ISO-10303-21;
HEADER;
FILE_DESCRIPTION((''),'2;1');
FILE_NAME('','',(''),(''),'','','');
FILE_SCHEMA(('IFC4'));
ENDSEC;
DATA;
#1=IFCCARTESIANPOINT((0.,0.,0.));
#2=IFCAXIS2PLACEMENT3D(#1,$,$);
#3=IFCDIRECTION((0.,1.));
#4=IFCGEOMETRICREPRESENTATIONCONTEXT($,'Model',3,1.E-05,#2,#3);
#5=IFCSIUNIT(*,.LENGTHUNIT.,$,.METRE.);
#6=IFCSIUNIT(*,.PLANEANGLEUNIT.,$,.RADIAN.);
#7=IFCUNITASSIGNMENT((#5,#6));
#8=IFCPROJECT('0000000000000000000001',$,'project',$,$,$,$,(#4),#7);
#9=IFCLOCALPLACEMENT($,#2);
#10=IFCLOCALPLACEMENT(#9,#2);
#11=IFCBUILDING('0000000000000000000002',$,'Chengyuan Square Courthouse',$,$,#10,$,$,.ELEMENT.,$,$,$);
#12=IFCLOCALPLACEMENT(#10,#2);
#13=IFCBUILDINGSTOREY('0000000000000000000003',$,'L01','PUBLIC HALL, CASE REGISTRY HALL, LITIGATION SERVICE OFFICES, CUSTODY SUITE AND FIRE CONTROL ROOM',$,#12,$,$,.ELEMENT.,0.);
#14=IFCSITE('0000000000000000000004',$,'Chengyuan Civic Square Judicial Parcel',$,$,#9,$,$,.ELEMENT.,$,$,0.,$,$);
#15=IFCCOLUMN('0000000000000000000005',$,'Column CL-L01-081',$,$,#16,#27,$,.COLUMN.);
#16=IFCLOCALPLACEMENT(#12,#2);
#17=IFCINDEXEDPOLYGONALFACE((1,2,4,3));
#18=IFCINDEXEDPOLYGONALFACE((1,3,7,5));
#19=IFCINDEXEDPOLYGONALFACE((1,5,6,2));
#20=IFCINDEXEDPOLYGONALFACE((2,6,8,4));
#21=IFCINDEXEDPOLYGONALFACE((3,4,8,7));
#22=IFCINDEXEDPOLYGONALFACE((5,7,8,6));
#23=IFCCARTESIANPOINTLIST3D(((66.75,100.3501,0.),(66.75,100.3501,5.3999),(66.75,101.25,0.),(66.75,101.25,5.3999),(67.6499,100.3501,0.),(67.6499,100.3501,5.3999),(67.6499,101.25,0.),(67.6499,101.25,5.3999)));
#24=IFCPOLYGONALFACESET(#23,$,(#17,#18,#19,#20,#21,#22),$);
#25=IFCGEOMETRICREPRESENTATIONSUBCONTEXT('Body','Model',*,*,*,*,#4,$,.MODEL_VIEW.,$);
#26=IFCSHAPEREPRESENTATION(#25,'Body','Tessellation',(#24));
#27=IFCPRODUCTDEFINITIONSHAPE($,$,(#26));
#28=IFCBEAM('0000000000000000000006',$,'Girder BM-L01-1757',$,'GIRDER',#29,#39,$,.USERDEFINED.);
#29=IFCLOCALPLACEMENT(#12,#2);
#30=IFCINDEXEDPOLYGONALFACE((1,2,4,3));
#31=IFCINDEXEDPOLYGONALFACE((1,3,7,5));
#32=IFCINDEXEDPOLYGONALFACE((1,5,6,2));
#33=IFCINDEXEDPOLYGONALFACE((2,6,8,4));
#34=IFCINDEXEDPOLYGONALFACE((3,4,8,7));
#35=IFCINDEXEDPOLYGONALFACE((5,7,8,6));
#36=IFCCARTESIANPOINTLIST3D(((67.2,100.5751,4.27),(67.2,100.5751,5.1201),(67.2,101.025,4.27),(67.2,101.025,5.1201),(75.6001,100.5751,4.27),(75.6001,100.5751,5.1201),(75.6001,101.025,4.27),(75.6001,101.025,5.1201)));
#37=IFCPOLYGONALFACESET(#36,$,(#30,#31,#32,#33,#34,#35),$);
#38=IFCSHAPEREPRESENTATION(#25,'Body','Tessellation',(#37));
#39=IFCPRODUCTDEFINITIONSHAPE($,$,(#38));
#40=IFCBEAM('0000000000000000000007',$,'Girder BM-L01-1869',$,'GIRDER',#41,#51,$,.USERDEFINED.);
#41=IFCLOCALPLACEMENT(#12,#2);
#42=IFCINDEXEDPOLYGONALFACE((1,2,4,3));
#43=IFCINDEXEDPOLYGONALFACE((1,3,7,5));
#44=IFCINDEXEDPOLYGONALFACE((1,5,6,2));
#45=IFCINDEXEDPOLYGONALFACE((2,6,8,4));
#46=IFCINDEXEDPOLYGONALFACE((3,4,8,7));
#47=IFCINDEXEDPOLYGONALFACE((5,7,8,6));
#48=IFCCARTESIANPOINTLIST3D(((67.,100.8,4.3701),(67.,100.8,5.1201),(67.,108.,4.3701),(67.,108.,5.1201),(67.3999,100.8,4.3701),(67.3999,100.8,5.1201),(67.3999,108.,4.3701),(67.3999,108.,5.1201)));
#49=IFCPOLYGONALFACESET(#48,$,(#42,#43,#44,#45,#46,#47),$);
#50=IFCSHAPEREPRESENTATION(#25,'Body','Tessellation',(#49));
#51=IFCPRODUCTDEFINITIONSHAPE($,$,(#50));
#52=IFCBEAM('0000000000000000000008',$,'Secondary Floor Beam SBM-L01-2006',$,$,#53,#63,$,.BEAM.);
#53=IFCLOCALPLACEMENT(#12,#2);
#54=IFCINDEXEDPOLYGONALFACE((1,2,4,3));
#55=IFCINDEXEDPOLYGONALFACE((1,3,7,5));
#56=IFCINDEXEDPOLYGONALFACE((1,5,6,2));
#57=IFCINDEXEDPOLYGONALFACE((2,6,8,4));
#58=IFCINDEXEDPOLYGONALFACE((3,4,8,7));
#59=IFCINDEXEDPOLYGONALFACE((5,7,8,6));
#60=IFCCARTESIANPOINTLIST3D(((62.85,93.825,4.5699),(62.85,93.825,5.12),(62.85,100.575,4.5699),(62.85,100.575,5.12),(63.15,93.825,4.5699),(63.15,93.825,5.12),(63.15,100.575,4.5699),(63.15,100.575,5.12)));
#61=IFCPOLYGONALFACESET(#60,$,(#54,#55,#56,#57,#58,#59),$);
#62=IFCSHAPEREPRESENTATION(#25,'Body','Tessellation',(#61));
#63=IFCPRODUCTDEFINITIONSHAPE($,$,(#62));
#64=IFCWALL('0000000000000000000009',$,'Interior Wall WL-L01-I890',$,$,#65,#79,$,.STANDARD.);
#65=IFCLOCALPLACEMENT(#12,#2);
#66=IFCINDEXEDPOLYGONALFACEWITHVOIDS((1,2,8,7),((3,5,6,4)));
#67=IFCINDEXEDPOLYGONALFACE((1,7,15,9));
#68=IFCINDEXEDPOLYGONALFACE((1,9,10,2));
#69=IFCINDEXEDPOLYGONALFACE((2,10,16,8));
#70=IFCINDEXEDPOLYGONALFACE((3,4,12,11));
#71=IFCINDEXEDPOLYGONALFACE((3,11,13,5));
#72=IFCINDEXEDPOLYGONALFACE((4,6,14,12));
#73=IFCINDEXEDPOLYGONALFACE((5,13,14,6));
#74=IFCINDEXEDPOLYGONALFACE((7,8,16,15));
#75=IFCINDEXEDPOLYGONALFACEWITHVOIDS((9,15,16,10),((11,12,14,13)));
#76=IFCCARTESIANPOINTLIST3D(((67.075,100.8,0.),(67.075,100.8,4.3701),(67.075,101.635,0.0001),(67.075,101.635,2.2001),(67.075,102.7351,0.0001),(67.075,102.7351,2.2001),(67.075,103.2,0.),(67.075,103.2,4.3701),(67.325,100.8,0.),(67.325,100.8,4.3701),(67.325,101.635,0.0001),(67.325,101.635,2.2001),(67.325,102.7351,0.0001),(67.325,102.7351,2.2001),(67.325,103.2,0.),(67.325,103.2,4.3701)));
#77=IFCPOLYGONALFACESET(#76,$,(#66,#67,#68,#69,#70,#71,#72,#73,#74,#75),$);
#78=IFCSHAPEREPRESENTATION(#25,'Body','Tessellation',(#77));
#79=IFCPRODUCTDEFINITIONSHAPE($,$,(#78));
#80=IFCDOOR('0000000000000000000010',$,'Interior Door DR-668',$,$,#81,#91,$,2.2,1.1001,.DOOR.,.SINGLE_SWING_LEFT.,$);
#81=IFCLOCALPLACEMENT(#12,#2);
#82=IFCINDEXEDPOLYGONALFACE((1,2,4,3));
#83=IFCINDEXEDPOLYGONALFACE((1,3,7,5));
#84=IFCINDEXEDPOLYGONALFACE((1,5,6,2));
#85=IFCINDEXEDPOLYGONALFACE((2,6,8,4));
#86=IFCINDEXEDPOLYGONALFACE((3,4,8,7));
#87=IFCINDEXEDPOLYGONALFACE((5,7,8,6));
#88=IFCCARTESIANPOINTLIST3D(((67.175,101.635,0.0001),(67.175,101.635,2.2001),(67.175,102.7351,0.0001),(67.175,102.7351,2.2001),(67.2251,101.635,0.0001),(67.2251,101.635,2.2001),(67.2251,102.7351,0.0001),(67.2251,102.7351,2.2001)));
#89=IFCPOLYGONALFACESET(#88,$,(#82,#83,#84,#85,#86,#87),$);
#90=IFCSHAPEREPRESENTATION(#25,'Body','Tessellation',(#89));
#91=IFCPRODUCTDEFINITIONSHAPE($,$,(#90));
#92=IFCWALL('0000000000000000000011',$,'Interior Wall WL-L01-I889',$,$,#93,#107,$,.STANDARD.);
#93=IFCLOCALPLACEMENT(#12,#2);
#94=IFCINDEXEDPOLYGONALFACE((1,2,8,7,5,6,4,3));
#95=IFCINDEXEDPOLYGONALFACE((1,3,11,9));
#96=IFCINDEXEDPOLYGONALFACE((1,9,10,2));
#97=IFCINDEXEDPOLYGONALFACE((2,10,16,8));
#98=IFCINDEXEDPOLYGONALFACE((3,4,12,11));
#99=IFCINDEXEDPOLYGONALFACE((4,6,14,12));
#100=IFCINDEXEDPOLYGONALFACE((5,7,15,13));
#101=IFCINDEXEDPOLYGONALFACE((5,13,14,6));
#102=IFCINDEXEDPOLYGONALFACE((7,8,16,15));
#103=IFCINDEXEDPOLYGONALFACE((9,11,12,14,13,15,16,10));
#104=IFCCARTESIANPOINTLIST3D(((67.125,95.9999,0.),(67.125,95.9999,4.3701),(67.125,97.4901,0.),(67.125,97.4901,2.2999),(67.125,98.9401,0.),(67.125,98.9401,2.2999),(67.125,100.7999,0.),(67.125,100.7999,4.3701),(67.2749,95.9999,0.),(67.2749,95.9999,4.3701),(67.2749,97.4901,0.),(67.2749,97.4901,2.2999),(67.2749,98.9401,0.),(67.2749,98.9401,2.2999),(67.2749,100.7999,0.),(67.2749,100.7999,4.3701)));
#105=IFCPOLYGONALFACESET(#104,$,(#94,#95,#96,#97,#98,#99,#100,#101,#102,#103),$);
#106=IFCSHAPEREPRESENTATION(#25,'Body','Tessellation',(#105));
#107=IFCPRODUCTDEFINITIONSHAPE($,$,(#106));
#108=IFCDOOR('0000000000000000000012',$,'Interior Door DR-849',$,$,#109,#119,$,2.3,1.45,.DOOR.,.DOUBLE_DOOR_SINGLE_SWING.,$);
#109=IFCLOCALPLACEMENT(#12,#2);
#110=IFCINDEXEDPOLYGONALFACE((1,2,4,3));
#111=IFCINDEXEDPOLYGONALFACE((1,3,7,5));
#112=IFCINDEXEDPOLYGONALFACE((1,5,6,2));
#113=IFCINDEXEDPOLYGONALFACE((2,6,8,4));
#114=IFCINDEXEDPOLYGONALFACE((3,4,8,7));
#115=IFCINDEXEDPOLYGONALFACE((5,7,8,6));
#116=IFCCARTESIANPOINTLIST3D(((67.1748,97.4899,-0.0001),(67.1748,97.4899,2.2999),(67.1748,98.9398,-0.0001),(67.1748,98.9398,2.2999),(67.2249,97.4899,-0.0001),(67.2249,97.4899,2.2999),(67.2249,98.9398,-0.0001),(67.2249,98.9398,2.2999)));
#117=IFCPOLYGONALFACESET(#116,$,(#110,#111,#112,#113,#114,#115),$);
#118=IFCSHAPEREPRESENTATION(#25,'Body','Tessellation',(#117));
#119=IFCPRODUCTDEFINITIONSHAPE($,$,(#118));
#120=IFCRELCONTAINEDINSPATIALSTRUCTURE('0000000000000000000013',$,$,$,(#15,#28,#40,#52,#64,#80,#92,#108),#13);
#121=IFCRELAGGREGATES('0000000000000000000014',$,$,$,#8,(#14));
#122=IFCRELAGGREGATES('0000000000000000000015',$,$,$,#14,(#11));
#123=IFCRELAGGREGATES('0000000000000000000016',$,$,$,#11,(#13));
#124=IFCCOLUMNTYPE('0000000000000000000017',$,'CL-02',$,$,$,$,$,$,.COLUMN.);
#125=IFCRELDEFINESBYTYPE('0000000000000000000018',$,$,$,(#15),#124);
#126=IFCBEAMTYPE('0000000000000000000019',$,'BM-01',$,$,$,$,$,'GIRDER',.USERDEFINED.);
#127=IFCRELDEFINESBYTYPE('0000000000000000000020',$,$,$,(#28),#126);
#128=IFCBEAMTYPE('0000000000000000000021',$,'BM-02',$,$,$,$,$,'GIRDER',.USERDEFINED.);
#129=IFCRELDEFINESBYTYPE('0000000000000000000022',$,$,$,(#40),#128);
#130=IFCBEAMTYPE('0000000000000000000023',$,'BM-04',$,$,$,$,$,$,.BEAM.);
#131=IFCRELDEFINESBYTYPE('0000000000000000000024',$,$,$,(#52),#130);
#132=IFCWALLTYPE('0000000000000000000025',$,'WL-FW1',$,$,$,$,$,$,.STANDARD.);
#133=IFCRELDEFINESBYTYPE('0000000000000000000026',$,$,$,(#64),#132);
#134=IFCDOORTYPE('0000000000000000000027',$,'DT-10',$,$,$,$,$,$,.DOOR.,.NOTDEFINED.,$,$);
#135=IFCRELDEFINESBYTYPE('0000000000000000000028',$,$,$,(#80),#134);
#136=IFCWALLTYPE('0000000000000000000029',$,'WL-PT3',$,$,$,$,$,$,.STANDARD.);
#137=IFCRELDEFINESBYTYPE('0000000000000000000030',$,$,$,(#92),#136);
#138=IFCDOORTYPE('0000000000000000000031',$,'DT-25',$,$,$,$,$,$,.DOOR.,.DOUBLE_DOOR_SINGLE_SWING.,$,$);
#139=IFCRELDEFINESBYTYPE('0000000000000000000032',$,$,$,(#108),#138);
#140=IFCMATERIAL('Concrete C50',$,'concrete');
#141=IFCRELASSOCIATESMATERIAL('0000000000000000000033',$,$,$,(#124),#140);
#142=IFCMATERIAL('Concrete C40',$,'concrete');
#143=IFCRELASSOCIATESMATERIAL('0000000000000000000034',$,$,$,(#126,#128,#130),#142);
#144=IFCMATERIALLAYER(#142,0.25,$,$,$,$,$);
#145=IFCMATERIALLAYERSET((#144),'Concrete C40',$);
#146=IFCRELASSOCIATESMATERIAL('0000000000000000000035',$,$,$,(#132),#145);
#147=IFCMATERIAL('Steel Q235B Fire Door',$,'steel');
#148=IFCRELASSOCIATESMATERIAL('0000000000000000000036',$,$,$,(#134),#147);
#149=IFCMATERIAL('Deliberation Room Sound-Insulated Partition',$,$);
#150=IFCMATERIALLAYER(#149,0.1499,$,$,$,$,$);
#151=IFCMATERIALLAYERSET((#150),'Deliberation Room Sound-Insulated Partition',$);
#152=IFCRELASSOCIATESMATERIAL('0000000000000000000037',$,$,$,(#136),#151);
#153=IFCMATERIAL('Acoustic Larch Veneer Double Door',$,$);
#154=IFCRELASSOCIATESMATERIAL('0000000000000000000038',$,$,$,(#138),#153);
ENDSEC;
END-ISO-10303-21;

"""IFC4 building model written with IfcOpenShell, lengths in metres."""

from ifc_helpers import new_model, si_unit, direction, frame, frame_2d, origin, origin_2d, place, context, subcontext, project, spatial, rectangle, extrude, material, layer, layer_set, material_profile, profile_set, type_object, element, fill, save


model = new_model("IFC4")

# Units and contexts
model_context = context("Model", 3, precision=1e-05, world=origin(), true_north=direction((0.0, 1.0)))
body_context = subcontext(model_context, "Body", "Model", "MODEL_VIEW")
ifc_project = project(units=[si_unit("LENGTHUNIT", "METRE"), si_unit("PLANEANGLEUNIT", "RADIAN")], contexts=[model_context])

# Site, building, storey
site_placement = place(None, origin())
site = spatial("IfcSite", under=ifc_project, at=site_placement, Name="Chengyuan Civic Square Judicial Parcel", CompositionType="ELEMENT", RefElevation=0.0)
building_placement = place(site_placement, origin())
building = spatial("IfcBuilding", under=site, at=building_placement, Name="Chengyuan Square Courthouse", CompositionType="ELEMENT")
storey_placement = place(building_placement, origin())
storey = spatial("IfcBuildingStorey", under=building, at=storey_placement, Name="L01", Description="PUBLIC HALL, CASE REGISTRY HALL, LITIGATION SERVICE OFFICES, CUSTODY SUITE AND FIRE CONTROL ROOM", CompositionType="ELEMENT", Elevation=0.0)

# Column
ifc_material_1 = material(Name="Concrete C50", Category="concrete")
ifc_material_profile_1 = material_profile(ifc_material_1, rectangle(XDim=0.8999, YDim=0.8999, at=origin_2d()), Name="RC-COL-900x900")
ifc_profile_set_1 = profile_set([ifc_material_profile_1], Name="Concrete C50")
column_type = type_object("IfcColumnType", Name="CL-02", PredefinedType="COLUMN", material=ifc_profile_set_1)
column_placement = place(storey_placement, frame((67.2, 100.8, 0.0), z_axis=(0.0, 0.0, 1.0), x_axis=(1.0, 0.0, 0.0)))
element("IfcColumn", 1, at=column_placement, inside=storey, type_object=column_type, Name="Column CL-L01-081", PredefinedType="COLUMN", context=body_context, shape_type="SweptSolid", body=[
    extrude(rectangle(XDim=0.8999, YDim=0.8999, at=origin_2d()), origin(), (0.0, 0.0, 1.0), 5.3999),
])

# Beams
ifc_material_2 = material(Name="Concrete C40", Category="concrete")
ifc_material_profile_2 = material_profile(ifc_material_2, rectangle(XDim=0.45, YDim=0.8501, at=origin_2d()), Name="RC-BM-450x850")
ifc_profile_set_2 = profile_set([ifc_material_profile_2], Name="Concrete C40")
beam_type_1 = type_object("IfcBeamType", Name="BM-01", ElementType="GIRDER", PredefinedType="USERDEFINED", material=ifc_profile_set_2)
beam_1_placement = place(storey_placement, frame((67.2, 100.8, 4.6951), z_axis=(1.0, 0.0, 0.0), x_axis=(0.0, 1.0, 0.0)))
element("IfcBeam", 2, at=beam_1_placement, inside=storey, type_object=beam_type_1, Name="Girder BM-L01-1757", ObjectType="GIRDER", PredefinedType="USERDEFINED", context=body_context, shape_type="SweptSolid", body=[
    extrude(rectangle(XDim=0.45, YDim=0.8501, at=origin_2d()), origin(), (0.0, 0.0, 1.0), 8.4001),
])
ifc_material_profile_3 = material_profile(ifc_material_2, rectangle(XDim=0.3999, YDim=0.75, at=origin_2d()), Name="RC-BM-400x750")
ifc_profile_set_3 = profile_set([ifc_material_profile_3], Name="Concrete C40")
beam_type_2 = type_object("IfcBeamType", Name="BM-02", ElementType="GIRDER", PredefinedType="USERDEFINED", material=ifc_profile_set_3)
beam_2_placement = place(storey_placement, frame((67.2, 100.8, 4.7451), z_axis=(0.0, 1.0, 0.0), x_axis=(-1.0, 0.0, 0.0)))
element("IfcBeam", 3, at=beam_2_placement, inside=storey, type_object=beam_type_2, Name="Girder BM-L01-1869", ObjectType="GIRDER", PredefinedType="USERDEFINED", context=body_context, shape_type="SweptSolid", body=[
    extrude(rectangle(XDim=0.3999, YDim=0.75, at=origin_2d()), origin(), (0.0, 0.0, 1.0), 7.2),
])
ifc_material_profile_4 = material_profile(ifc_material_2, rectangle(XDim=0.3, YDim=0.55, at=origin_2d()), Name="RC-BM-300x550")
ifc_profile_set_4 = profile_set([ifc_material_profile_4], Name="Concrete C40")
beam_type_3 = type_object("IfcBeamType", Name="BM-04", PredefinedType="BEAM", material=ifc_profile_set_4)
beam_3_placement = place(storey_placement, frame((63.0, 93.825, 4.845), z_axis=(0.0, 1.0, 0.0), x_axis=(-1.0, 0.0, 0.0)))
element("IfcBeam", 4, at=beam_3_placement, inside=storey, type_object=beam_type_3, Name="Secondary Floor Beam SBM-L01-2006", PredefinedType="BEAM", context=body_context, shape_type="SweptSolid", body=[
    extrude(rectangle(XDim=0.3, YDim=0.55, at=origin_2d()), origin(), (0.0, 0.0, 1.0), 6.75),
])

# Walls, openings, doors
ifc_layer_1 = layer(ifc_material_2, 0.25)
ifc_layer_set_1 = layer_set([ifc_layer_1], Name="Concrete C40")
wall_type_1 = type_object("IfcWallType", Name="WL-FW1", PredefinedType="STANDARD", material=ifc_layer_set_1)
wall_1_placement = place(storey_placement, frame((67.2, 100.8, 0.0), z_axis=(0.0, 0.0, 1.0), x_axis=(0.0, 1.0, 0.0)))
wall_1 = element("IfcWall", 5, at=wall_1_placement, inside=storey, type_object=wall_type_1, Name="Interior Wall WL-L01-I890", PredefinedType="STANDARD", context=body_context, shape_type="SweptSolid", body=[
    extrude(rectangle(XDim=2.3999, YDim=0.25, at=frame_2d((1.2, 0.0))), origin(), (0.0, 0.0, 1.0), 4.3701),
])
opening_1_placement = place(wall_1_placement, frame((0.835, 0.0, 0.0)))
opening_1 = element("IfcOpeningElement", 6, at=opening_1_placement, cuts=wall_1, PredefinedType="OPENING", context=body_context, shape_type="SweptSolid", body=[
    extrude(rectangle(XDim=1.1001, YDim=2.2, at=frame_2d((0.55, 1.1001))), frame((0.0, 0.137, 0.0), z_axis=(0.0, -1.0, 0.0), x_axis=(1.0, 0.0, 0.0)), (0.0, 0.0, 1.0), 0.2739),
])
ifc_material_3 = material(Name="Steel Q235B Fire Door", Category="steel")
door_type_1 = type_object("IfcDoorType", Name="DT-10", OperationType="NOTDEFINED", PredefinedType="DOOR", material=ifc_material_3)
door_1_placement = place(opening_1_placement, origin())
door_1 = element("IfcDoor", 7, at=door_1_placement, inside=storey, type_object=door_type_1, Name="Interior Door DR-668", OperationType="SINGLE_SWING_LEFT", OverallHeight=2.2, OverallWidth=1.1001, PredefinedType="DOOR", context=body_context, shape_type="SweptSolid", body=[
    extrude(rectangle(XDim=1.1001, YDim=2.2, at=frame_2d((0.55, 1.1001))), frame((0.0, 0.0249, 0.0), z_axis=(0.0, -1.0, 0.0), x_axis=(1.0, 0.0, 0.0)), (0.0, 0.0, 1.0), 0.05),
])
fill(opening_1, door_1)
ifc_material_4 = material(Name="Deliberation Room Sound-Insulated Partition")
ifc_layer_2 = layer(ifc_material_4, 0.1499)
ifc_layer_set_2 = layer_set([ifc_layer_2], Name="Deliberation Room Sound-Insulated Partition")
wall_type_2 = type_object("IfcWallType", Name="WL-PT3", PredefinedType="STANDARD", material=ifc_layer_set_2)
wall_2_placement = place(storey_placement, frame((67.2, 96.0, 0.0), z_axis=(0.0, 0.0, 1.0), x_axis=(0.0, 1.0, 0.0)))
wall_2 = element("IfcWall", 8, at=wall_2_placement, inside=storey, type_object=wall_type_2, Name="Interior Wall WL-L01-I889", PredefinedType="STANDARD", context=body_context, shape_type="SweptSolid", body=[
    extrude(rectangle(XDim=4.8, YDim=0.1499, at=frame_2d((2.3999, 0.0))), origin(), (0.0, 0.0, 1.0), 4.3701),
])
opening_2_placement = place(wall_2_placement, frame((1.49, 0.0, 0.0)))
opening_2 = element("IfcOpeningElement", 9, at=opening_2_placement, cuts=wall_2, PredefinedType="OPENING", context=body_context, shape_type="SweptSolid", body=[
    extrude(rectangle(XDim=1.45, YDim=2.3, at=frame_2d((0.7251, 1.1499))), frame((0.0, 0.0869, 0.0), z_axis=(0.0, -1.0, 0.0), x_axis=(1.0, 0.0, 0.0)), (0.0, 0.0, 1.0), 0.1738),
])
ifc_material_5 = material(Name="Acoustic Larch Veneer Double Door")
door_type_2 = type_object("IfcDoorType", Name="DT-25", OperationType="DOUBLE_DOOR_SINGLE_SWING", PredefinedType="DOOR", material=ifc_material_5)
door_2_placement = place(opening_2_placement, frame((1.45, 0.0, 0.0), z_axis=(0.0, 0.0, 1.0), x_axis=(-1.0, 0.0, 0.0)))
door_2 = element("IfcDoor", 10, at=door_2_placement, inside=storey, type_object=door_type_2, Name="Interior Door DR-849", OperationType="DOUBLE_DOOR_SINGLE_SWING", OverallHeight=2.3, OverallWidth=1.45, PredefinedType="DOOR", context=body_context, shape_type="SweptSolid", body=[
    extrude(rectangle(XDim=1.45, YDim=2.3, at=frame_2d((0.7251, 1.1499))), frame((0.0, 0.0249, 0.0), z_axis=(0.0, -1.0, 0.0), x_axis=(1.0, 0.0, 0.0)), (0.0, 0.0, 1.0), 0.05),
])
fill(opening_2, door_2)

save(model, "model.ifc")
